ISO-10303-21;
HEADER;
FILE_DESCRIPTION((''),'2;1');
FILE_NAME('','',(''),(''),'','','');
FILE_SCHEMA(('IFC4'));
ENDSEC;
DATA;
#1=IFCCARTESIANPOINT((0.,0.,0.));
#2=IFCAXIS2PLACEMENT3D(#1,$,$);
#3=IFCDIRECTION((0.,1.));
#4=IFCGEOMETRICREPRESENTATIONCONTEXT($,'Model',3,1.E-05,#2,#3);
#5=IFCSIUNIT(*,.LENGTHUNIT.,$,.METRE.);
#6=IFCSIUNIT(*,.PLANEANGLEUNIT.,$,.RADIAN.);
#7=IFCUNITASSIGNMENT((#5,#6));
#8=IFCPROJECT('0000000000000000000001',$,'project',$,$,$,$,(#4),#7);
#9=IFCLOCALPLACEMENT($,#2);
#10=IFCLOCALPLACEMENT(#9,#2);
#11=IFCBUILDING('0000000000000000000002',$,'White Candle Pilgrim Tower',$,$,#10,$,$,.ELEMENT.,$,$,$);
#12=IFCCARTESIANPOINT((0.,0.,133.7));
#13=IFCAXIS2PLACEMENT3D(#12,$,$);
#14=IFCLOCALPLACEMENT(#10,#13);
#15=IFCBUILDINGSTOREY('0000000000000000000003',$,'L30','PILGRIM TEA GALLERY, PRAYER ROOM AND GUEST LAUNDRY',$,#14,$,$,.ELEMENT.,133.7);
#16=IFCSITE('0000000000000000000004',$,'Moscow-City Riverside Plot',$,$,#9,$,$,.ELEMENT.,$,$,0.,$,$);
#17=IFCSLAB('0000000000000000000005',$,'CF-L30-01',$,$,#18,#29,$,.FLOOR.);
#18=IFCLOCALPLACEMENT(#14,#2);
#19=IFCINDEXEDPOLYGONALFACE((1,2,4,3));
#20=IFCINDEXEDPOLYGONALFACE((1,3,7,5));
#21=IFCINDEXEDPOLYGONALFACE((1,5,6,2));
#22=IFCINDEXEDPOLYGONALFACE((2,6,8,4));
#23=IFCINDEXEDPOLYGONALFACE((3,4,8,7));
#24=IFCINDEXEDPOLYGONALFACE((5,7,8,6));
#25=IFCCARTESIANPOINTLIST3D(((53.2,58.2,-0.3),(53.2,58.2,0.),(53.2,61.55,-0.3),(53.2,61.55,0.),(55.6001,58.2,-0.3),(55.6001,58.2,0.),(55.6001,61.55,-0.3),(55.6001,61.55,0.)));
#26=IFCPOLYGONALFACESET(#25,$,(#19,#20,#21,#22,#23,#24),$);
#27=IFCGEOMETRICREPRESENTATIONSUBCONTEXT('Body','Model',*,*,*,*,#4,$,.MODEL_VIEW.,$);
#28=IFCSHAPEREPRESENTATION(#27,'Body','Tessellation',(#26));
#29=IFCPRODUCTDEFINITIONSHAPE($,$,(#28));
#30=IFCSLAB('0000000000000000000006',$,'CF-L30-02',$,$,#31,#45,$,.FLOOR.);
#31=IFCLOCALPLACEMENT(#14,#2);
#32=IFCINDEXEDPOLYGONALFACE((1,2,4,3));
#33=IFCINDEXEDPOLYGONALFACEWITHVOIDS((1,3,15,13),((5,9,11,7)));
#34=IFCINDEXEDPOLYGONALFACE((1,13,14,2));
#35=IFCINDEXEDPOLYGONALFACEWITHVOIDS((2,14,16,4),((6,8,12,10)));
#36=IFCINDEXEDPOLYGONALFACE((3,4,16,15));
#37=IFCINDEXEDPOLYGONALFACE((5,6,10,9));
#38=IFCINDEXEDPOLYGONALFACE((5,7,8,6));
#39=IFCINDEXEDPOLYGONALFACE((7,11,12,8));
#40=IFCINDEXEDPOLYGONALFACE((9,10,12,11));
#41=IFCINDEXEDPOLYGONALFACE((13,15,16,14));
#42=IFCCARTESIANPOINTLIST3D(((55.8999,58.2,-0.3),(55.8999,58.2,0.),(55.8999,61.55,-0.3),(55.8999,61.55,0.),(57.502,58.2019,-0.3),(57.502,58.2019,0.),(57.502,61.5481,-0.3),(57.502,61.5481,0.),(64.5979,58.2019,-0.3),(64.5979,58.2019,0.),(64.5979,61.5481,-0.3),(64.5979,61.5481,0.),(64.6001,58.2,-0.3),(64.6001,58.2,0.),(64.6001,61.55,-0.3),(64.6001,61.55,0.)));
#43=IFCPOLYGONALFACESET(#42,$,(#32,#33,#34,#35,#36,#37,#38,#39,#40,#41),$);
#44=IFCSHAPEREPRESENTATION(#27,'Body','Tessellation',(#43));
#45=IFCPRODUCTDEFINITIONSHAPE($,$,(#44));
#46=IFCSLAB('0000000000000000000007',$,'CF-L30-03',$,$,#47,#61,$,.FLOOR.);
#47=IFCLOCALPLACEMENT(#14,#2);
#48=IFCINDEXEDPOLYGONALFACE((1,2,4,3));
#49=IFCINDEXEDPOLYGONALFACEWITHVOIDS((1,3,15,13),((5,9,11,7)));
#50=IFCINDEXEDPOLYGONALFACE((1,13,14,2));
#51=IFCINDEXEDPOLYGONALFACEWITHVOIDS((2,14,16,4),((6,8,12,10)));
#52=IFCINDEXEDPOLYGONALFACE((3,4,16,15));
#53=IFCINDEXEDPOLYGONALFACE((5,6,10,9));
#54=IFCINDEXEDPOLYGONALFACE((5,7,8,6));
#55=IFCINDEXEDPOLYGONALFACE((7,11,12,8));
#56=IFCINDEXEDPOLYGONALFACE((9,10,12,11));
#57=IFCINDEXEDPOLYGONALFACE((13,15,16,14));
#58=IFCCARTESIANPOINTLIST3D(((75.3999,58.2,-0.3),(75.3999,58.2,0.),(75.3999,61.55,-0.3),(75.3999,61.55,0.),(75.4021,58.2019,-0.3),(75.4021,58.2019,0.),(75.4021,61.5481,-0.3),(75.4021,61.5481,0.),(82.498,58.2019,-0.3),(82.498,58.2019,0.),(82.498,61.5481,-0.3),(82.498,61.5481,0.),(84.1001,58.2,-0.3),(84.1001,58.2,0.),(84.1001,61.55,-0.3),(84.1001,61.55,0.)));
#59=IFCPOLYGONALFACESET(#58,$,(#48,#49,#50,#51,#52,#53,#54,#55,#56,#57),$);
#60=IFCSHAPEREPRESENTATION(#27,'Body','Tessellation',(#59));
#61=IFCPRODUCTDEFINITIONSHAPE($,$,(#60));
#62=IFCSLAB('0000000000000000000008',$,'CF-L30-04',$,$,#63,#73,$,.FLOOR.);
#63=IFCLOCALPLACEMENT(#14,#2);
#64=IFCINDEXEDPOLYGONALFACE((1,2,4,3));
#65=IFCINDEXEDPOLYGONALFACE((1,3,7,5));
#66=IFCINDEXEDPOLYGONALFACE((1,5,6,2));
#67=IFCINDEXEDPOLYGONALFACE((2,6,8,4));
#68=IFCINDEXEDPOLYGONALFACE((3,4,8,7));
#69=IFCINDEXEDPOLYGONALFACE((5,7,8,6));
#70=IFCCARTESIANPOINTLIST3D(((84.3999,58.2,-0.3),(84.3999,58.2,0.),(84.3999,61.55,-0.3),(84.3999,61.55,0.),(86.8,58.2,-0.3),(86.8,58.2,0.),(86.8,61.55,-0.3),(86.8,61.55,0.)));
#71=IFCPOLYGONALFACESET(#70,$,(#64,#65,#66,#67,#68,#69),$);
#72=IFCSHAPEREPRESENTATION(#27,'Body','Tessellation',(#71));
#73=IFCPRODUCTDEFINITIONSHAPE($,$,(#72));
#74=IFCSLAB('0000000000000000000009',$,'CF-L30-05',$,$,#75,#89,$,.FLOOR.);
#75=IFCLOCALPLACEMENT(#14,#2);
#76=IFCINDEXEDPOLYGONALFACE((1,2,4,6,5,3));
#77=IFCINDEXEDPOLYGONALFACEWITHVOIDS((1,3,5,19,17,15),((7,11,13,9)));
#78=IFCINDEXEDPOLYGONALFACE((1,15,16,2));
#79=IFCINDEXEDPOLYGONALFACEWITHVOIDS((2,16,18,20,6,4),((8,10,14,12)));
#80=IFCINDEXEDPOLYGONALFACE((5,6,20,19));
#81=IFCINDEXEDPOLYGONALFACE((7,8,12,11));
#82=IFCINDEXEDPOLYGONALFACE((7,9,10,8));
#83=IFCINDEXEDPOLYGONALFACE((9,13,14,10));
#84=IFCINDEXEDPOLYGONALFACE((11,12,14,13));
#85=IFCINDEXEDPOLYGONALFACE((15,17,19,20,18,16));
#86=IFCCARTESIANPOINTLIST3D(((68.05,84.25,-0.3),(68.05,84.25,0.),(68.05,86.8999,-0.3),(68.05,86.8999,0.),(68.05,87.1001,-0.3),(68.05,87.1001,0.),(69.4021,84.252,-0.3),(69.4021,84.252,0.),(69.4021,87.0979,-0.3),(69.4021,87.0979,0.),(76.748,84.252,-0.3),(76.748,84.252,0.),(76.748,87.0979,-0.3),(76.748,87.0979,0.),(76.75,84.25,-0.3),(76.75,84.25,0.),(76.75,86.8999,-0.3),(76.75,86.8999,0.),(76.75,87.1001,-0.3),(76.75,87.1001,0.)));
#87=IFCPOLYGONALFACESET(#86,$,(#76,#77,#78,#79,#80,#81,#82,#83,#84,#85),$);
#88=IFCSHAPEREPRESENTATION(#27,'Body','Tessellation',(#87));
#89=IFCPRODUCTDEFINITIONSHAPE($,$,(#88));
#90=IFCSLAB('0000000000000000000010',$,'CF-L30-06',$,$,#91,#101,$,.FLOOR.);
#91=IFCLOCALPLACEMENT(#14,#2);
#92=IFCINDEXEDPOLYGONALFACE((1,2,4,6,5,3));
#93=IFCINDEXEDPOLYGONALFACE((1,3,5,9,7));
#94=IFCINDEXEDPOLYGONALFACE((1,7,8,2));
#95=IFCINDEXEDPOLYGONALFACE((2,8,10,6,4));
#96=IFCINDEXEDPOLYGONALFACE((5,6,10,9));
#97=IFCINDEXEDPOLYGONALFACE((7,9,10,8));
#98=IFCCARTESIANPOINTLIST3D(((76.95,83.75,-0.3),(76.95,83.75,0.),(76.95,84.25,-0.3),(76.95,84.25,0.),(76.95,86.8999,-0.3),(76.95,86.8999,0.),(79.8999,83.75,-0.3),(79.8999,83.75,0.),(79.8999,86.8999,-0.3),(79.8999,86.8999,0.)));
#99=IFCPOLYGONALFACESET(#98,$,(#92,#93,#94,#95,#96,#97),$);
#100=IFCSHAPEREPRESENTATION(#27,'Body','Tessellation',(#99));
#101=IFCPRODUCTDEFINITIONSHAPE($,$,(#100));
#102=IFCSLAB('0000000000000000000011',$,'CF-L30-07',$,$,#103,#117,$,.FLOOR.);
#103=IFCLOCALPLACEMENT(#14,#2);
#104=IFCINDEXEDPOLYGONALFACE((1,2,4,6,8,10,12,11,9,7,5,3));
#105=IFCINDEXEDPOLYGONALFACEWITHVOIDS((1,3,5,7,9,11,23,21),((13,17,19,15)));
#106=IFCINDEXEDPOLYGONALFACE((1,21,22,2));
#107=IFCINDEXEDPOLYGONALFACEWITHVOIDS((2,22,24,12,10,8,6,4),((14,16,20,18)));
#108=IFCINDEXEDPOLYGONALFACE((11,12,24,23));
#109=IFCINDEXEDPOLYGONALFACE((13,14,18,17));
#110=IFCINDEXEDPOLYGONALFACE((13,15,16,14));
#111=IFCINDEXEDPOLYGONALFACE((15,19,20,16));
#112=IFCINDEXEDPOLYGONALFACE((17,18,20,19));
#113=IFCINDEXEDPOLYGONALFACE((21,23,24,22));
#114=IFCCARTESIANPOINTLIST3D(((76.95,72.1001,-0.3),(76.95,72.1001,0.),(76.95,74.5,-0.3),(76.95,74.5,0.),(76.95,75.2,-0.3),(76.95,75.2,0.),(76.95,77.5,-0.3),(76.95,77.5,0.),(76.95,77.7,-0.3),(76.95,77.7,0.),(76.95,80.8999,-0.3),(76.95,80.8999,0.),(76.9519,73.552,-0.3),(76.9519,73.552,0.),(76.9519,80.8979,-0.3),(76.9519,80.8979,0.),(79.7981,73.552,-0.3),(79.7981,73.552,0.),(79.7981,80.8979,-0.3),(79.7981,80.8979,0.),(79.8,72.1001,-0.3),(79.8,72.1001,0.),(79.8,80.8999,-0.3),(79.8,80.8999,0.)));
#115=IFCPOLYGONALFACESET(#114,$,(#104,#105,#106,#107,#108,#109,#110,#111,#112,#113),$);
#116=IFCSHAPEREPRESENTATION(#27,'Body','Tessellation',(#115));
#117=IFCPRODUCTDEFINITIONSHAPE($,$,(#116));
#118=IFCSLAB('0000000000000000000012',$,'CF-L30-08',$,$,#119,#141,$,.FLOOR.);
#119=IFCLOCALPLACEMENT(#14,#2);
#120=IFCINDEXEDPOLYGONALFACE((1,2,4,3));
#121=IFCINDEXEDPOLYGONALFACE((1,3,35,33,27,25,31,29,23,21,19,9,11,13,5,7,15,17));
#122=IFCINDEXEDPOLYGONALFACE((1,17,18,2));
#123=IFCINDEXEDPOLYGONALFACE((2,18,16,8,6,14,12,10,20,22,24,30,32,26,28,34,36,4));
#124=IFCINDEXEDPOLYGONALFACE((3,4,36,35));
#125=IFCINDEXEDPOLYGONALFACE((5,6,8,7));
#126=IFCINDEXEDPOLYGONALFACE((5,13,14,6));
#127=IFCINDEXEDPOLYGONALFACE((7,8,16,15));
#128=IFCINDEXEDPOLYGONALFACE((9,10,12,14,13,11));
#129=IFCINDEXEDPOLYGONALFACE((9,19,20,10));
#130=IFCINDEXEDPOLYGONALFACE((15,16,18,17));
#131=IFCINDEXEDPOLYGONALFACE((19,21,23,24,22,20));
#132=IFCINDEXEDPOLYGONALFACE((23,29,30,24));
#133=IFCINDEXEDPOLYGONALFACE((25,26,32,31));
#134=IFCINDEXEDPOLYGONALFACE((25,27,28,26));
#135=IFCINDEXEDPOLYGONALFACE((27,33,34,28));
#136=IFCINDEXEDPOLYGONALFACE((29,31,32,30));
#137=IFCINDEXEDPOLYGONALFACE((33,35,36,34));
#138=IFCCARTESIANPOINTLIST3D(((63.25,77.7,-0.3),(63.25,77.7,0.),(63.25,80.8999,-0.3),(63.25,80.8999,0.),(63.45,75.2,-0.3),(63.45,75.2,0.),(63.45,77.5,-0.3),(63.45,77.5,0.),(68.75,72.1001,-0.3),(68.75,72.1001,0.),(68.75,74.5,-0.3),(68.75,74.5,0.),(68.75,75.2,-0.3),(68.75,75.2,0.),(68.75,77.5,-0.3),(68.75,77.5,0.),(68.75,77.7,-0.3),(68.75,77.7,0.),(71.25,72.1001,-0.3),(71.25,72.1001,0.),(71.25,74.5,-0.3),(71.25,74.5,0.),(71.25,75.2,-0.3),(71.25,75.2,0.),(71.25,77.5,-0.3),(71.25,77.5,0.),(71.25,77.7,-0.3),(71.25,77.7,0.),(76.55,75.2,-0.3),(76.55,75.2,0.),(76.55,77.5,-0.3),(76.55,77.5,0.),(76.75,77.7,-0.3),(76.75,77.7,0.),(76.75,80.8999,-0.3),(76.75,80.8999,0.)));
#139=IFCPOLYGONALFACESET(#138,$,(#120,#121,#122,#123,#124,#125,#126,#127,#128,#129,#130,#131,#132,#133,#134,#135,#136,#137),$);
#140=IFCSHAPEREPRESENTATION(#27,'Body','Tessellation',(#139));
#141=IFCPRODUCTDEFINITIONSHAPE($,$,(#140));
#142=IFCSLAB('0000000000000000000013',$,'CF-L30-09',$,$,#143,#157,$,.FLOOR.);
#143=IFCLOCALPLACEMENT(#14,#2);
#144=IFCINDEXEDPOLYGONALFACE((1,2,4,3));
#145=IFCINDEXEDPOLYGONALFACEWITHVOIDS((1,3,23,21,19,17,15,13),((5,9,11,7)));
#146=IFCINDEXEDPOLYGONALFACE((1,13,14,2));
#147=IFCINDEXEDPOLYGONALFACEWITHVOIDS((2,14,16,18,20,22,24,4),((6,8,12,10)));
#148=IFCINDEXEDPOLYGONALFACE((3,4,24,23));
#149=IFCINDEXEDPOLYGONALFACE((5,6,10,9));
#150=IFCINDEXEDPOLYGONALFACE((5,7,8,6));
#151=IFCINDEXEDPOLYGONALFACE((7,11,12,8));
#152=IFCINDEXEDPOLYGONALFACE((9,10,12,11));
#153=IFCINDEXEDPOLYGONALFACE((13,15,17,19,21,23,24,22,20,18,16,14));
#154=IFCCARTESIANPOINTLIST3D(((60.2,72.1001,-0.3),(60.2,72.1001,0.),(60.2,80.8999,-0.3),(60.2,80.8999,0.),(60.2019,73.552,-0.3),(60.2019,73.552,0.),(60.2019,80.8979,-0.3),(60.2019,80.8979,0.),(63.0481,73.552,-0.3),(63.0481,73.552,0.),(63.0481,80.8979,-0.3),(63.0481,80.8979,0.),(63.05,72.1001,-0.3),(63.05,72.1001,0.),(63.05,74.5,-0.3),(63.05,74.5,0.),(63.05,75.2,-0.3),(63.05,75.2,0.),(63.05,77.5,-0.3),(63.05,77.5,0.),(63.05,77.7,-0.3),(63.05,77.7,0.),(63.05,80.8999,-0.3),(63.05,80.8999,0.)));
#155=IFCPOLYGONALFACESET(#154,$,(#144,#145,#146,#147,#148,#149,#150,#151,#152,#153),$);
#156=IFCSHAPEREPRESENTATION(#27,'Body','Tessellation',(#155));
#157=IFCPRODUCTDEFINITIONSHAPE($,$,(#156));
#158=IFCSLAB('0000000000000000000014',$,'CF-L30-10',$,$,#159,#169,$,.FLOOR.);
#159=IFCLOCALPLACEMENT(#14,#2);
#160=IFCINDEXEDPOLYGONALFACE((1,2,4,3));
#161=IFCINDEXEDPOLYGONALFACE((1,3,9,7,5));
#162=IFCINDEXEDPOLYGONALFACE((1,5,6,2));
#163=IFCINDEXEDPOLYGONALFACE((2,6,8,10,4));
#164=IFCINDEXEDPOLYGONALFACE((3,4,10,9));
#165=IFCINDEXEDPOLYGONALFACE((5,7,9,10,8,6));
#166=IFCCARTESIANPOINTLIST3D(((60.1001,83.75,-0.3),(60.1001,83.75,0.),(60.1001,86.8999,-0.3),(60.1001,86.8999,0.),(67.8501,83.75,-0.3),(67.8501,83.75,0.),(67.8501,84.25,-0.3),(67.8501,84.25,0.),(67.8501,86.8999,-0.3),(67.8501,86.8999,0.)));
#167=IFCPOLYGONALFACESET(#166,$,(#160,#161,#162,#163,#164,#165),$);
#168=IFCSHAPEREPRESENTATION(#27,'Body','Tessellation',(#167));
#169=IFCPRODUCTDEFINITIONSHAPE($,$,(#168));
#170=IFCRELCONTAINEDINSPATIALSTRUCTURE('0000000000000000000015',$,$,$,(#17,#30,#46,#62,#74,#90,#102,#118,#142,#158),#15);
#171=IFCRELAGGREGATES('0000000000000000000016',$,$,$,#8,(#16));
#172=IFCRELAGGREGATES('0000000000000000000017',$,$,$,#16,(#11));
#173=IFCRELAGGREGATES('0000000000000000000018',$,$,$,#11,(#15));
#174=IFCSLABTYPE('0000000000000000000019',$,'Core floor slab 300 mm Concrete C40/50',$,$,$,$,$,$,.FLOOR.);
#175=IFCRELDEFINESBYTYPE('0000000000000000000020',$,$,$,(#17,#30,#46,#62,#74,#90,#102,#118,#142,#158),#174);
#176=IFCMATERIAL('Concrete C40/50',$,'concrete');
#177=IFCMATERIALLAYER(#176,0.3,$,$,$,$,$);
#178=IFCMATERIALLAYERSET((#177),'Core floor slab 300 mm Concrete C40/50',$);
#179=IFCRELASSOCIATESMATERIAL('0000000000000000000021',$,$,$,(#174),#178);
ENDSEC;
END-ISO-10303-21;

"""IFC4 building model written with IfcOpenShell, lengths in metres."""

from ifc_helpers import new_model, si_unit, direction, frame, origin, place, context, subcontext, project, spatial, polyline, outline, extrude, material, layer, layer_set, type_object, element, save


model = new_model("IFC4")

# Units and contexts
model_context = context("Model", 3, precision=1e-05, world=origin(), true_north=direction((0.0, 1.0)))
body_context = subcontext(model_context, "Body", "Model", "MODEL_VIEW")
ifc_project = project(units=[si_unit("LENGTHUNIT", "METRE"), si_unit("PLANEANGLEUNIT", "RADIAN")], contexts=[model_context])

# Site, building, storey
site_placement = place(None, origin())
site = spatial("IfcSite", under=ifc_project, at=site_placement, Name="Moscow-City Riverside Plot", CompositionType="ELEMENT", RefElevation=0.0)
building_placement = place(site_placement, origin())
building = spatial("IfcBuilding", under=site, at=building_placement, Name="White Candle Pilgrim Tower", CompositionType="ELEMENT")
storey_placement = place(building_placement, frame((0.0, 0.0, 133.7)))
storey = spatial("IfcBuildingStorey", under=building, at=storey_placement, Name="L30", Description="PILGRIM TEA GALLERY, PRAYER ROOM AND GUEST LAUNDRY", CompositionType="ELEMENT", Elevation=133.7)

# Slabs
ifc_material = material(Name="Concrete C40/50", Category="concrete")
ifc_layer_1 = layer(ifc_material, 0.3)
ifc_layer_set_1 = layer_set([ifc_layer_1], Name="Core floor slab 300 mm Concrete C40/50")
slab_type_1 = type_object("IfcSlabType", Name="Core floor slab 300 mm Concrete C40/50", PredefinedType="FLOOR", material=ifc_layer_set_1)
slab_1_placement = place(storey_placement, frame((0.0, 0.0, -0.3)))
element("IfcSlab", 1, at=slab_1_placement, inside=storey, type_object=slab_type_1, Name="CF-L30-01", PredefinedType="FLOOR", context=body_context, shape_type="SweptSolid", body=[
    extrude(outline(polyline([(55.6001, 58.2), (53.2, 58.2), (53.2, 61.55), (55.6001, 61.55), (55.6001, 58.2)])), origin(), (0.0, 0.0, 1.0), 0.3),
])
slab_2_placement = place(storey_placement, frame((0.0, 0.0, -0.3)))
element("IfcSlab", 2, at=slab_2_placement, inside=storey, type_object=slab_type_1, Name="CF-L30-02", PredefinedType="FLOOR", context=body_context, shape_type="SweptSolid", body=[
    extrude(outline(polyline([(55.8999, 58.2), (55.8999, 61.55), (64.6001, 61.55), (64.6001, 58.2), (55.8999, 58.2)]), holes=[polyline([(57.502, 61.5481), (57.502, 58.2019), (64.5979, 58.2019), (64.5979, 61.5481), (57.502, 61.5481)])]), origin(), (0.0, 0.0, 1.0), 0.3),
])
slab_3_placement = place(storey_placement, frame((0.0, 0.0, -0.3)))
element("IfcSlab", 3, at=slab_3_placement, inside=storey, type_object=slab_type_1, Name="CF-L30-03", PredefinedType="FLOOR", context=body_context, shape_type="SweptSolid", body=[
    extrude(outline(polyline([(75.3999, 58.2), (75.3999, 61.55), (84.1001, 61.55), (84.1001, 58.2), (75.3999, 58.2)]), holes=[polyline([(82.498, 58.2019), (82.498, 61.5481), (75.4021, 61.5481), (75.4021, 58.2019), (82.498, 58.2019)])]), origin(), (0.0, 0.0, 1.0), 0.3),
])
slab_4_placement = place(storey_placement, frame((0.0, 0.0, -0.3)))
element("IfcSlab", 4, at=slab_4_placement, inside=storey, type_object=slab_type_1, Name="CF-L30-04", PredefinedType="FLOOR", context=body_context, shape_type="SweptSolid", body=[
    extrude(outline(polyline([(86.8, 58.2), (84.3999, 58.2), (84.3999, 61.55), (86.8, 61.55), (86.8, 58.2)])), origin(), (0.0, 0.0, 1.0), 0.3),
])
slab_5_placement = place(storey_placement, frame((0.0, 0.0, -0.3)))
element("IfcSlab", 5, at=slab_5_placement, inside=storey, type_object=slab_type_1, Name="CF-L30-05", PredefinedType="FLOOR", context=body_context, shape_type="SweptSolid", body=[
    extrude(outline(polyline([(76.75, 87.1001), (76.75, 86.8999), (76.75, 84.25), (68.05, 84.25), (68.05, 86.8999), (68.05, 87.1001), (76.75, 87.1001)]), holes=[polyline([(69.4021, 87.0979), (69.4021, 84.252), (76.748, 84.252), (76.748, 87.0979), (69.4021, 87.0979)])]), origin(), (0.0, 0.0, 1.0), 0.3),
])
slab_6_placement = place(storey_placement, frame((0.0, 0.0, -0.3)))
element("IfcSlab", 6, at=slab_6_placement, inside=storey, type_object=slab_type_1, Name="CF-L30-06", PredefinedType="FLOOR", context=body_context, shape_type="SweptSolid", body=[
    extrude(outline(polyline([(79.8999, 86.8999), (79.8999, 83.75), (76.95, 83.75), (76.95, 84.25), (76.95, 86.8999), (79.8999, 86.8999)])), origin(), (0.0, 0.0, 1.0), 0.3),
])
slab_7_placement = place(storey_placement, frame((0.0, 0.0, -0.3)))
element("IfcSlab", 7, at=slab_7_placement, inside=storey, type_object=slab_type_1, Name="CF-L30-07", PredefinedType="FLOOR", context=body_context, shape_type="SweptSolid", body=[
    extrude(outline(polyline([(76.95, 72.1001), (76.95, 74.5), (76.95, 75.2), (76.95, 77.5), (76.95, 77.7), (76.95, 80.8999), (79.8, 80.8999), (79.8, 72.1001), (76.95, 72.1001)]), holes=[polyline([(76.9519, 73.552), (79.7981, 73.552), (79.7981, 80.8979), (76.9519, 80.8979), (76.9519, 73.552)])]), origin(), (0.0, 0.0, 1.0), 0.3),
])
slab_8_placement = place(storey_placement, frame((0.0, 0.0, -0.3)))
element("IfcSlab", 8, at=slab_8_placement, inside=storey, type_object=slab_type_1, Name="CF-L30-08", PredefinedType="FLOOR", context=body_context, shape_type="SweptSolid", body=[
    extrude(outline(polyline([(68.75, 72.1001), (68.75, 74.5), (68.75, 75.2), (63.45, 75.2), (63.45, 77.5), (68.75, 77.5), (68.75, 77.7), (63.25, 77.7), (63.25, 80.8999), (76.75, 80.8999), (76.75, 77.7), (71.25, 77.7), (71.25, 77.5), (76.55, 77.5), (76.55, 75.2), (71.25, 75.2), (71.25, 74.5), (71.25, 72.1001), (68.75, 72.1001)])), origin(), (0.0, 0.0, 1.0), 0.3),
])
slab_9_placement = place(storey_placement, frame((0.0, 0.0, -0.3)))
element("IfcSlab", 9, at=slab_9_placement, inside=storey, type_object=slab_type_1, Name="CF-L30-09", PredefinedType="FLOOR", context=body_context, shape_type="SweptSolid", body=[
    extrude(outline(polyline([(60.2, 72.1001), (60.2, 80.8999), (63.05, 80.8999), (63.05, 77.7), (63.05, 77.5), (63.05, 75.2), (63.05, 74.5), (63.05, 72.1001), (60.2, 72.1001)]), holes=[polyline([(60.2019, 73.552), (63.0481, 73.552), (63.0481, 80.8979), (60.2019, 80.8979), (60.2019, 73.552)])]), origin(), (0.0, 0.0, 1.0), 0.3),
])
slab_10_placement = place(storey_placement, frame((0.0, 0.0, -0.3)))
element("IfcSlab", 10, at=slab_10_placement, inside=storey, type_object=slab_type_1, Name="CF-L30-10", PredefinedType="FLOOR", context=body_context, shape_type="SweptSolid", body=[
    extrude(outline(polyline([(60.1001, 86.8999), (67.8501, 86.8999), (67.8501, 84.25), (67.8501, 83.75), (60.1001, 83.75), (60.1001, 86.8999)])), origin(), (0.0, 0.0, 1.0), 0.3),
])

save(model, "model.ifc")
